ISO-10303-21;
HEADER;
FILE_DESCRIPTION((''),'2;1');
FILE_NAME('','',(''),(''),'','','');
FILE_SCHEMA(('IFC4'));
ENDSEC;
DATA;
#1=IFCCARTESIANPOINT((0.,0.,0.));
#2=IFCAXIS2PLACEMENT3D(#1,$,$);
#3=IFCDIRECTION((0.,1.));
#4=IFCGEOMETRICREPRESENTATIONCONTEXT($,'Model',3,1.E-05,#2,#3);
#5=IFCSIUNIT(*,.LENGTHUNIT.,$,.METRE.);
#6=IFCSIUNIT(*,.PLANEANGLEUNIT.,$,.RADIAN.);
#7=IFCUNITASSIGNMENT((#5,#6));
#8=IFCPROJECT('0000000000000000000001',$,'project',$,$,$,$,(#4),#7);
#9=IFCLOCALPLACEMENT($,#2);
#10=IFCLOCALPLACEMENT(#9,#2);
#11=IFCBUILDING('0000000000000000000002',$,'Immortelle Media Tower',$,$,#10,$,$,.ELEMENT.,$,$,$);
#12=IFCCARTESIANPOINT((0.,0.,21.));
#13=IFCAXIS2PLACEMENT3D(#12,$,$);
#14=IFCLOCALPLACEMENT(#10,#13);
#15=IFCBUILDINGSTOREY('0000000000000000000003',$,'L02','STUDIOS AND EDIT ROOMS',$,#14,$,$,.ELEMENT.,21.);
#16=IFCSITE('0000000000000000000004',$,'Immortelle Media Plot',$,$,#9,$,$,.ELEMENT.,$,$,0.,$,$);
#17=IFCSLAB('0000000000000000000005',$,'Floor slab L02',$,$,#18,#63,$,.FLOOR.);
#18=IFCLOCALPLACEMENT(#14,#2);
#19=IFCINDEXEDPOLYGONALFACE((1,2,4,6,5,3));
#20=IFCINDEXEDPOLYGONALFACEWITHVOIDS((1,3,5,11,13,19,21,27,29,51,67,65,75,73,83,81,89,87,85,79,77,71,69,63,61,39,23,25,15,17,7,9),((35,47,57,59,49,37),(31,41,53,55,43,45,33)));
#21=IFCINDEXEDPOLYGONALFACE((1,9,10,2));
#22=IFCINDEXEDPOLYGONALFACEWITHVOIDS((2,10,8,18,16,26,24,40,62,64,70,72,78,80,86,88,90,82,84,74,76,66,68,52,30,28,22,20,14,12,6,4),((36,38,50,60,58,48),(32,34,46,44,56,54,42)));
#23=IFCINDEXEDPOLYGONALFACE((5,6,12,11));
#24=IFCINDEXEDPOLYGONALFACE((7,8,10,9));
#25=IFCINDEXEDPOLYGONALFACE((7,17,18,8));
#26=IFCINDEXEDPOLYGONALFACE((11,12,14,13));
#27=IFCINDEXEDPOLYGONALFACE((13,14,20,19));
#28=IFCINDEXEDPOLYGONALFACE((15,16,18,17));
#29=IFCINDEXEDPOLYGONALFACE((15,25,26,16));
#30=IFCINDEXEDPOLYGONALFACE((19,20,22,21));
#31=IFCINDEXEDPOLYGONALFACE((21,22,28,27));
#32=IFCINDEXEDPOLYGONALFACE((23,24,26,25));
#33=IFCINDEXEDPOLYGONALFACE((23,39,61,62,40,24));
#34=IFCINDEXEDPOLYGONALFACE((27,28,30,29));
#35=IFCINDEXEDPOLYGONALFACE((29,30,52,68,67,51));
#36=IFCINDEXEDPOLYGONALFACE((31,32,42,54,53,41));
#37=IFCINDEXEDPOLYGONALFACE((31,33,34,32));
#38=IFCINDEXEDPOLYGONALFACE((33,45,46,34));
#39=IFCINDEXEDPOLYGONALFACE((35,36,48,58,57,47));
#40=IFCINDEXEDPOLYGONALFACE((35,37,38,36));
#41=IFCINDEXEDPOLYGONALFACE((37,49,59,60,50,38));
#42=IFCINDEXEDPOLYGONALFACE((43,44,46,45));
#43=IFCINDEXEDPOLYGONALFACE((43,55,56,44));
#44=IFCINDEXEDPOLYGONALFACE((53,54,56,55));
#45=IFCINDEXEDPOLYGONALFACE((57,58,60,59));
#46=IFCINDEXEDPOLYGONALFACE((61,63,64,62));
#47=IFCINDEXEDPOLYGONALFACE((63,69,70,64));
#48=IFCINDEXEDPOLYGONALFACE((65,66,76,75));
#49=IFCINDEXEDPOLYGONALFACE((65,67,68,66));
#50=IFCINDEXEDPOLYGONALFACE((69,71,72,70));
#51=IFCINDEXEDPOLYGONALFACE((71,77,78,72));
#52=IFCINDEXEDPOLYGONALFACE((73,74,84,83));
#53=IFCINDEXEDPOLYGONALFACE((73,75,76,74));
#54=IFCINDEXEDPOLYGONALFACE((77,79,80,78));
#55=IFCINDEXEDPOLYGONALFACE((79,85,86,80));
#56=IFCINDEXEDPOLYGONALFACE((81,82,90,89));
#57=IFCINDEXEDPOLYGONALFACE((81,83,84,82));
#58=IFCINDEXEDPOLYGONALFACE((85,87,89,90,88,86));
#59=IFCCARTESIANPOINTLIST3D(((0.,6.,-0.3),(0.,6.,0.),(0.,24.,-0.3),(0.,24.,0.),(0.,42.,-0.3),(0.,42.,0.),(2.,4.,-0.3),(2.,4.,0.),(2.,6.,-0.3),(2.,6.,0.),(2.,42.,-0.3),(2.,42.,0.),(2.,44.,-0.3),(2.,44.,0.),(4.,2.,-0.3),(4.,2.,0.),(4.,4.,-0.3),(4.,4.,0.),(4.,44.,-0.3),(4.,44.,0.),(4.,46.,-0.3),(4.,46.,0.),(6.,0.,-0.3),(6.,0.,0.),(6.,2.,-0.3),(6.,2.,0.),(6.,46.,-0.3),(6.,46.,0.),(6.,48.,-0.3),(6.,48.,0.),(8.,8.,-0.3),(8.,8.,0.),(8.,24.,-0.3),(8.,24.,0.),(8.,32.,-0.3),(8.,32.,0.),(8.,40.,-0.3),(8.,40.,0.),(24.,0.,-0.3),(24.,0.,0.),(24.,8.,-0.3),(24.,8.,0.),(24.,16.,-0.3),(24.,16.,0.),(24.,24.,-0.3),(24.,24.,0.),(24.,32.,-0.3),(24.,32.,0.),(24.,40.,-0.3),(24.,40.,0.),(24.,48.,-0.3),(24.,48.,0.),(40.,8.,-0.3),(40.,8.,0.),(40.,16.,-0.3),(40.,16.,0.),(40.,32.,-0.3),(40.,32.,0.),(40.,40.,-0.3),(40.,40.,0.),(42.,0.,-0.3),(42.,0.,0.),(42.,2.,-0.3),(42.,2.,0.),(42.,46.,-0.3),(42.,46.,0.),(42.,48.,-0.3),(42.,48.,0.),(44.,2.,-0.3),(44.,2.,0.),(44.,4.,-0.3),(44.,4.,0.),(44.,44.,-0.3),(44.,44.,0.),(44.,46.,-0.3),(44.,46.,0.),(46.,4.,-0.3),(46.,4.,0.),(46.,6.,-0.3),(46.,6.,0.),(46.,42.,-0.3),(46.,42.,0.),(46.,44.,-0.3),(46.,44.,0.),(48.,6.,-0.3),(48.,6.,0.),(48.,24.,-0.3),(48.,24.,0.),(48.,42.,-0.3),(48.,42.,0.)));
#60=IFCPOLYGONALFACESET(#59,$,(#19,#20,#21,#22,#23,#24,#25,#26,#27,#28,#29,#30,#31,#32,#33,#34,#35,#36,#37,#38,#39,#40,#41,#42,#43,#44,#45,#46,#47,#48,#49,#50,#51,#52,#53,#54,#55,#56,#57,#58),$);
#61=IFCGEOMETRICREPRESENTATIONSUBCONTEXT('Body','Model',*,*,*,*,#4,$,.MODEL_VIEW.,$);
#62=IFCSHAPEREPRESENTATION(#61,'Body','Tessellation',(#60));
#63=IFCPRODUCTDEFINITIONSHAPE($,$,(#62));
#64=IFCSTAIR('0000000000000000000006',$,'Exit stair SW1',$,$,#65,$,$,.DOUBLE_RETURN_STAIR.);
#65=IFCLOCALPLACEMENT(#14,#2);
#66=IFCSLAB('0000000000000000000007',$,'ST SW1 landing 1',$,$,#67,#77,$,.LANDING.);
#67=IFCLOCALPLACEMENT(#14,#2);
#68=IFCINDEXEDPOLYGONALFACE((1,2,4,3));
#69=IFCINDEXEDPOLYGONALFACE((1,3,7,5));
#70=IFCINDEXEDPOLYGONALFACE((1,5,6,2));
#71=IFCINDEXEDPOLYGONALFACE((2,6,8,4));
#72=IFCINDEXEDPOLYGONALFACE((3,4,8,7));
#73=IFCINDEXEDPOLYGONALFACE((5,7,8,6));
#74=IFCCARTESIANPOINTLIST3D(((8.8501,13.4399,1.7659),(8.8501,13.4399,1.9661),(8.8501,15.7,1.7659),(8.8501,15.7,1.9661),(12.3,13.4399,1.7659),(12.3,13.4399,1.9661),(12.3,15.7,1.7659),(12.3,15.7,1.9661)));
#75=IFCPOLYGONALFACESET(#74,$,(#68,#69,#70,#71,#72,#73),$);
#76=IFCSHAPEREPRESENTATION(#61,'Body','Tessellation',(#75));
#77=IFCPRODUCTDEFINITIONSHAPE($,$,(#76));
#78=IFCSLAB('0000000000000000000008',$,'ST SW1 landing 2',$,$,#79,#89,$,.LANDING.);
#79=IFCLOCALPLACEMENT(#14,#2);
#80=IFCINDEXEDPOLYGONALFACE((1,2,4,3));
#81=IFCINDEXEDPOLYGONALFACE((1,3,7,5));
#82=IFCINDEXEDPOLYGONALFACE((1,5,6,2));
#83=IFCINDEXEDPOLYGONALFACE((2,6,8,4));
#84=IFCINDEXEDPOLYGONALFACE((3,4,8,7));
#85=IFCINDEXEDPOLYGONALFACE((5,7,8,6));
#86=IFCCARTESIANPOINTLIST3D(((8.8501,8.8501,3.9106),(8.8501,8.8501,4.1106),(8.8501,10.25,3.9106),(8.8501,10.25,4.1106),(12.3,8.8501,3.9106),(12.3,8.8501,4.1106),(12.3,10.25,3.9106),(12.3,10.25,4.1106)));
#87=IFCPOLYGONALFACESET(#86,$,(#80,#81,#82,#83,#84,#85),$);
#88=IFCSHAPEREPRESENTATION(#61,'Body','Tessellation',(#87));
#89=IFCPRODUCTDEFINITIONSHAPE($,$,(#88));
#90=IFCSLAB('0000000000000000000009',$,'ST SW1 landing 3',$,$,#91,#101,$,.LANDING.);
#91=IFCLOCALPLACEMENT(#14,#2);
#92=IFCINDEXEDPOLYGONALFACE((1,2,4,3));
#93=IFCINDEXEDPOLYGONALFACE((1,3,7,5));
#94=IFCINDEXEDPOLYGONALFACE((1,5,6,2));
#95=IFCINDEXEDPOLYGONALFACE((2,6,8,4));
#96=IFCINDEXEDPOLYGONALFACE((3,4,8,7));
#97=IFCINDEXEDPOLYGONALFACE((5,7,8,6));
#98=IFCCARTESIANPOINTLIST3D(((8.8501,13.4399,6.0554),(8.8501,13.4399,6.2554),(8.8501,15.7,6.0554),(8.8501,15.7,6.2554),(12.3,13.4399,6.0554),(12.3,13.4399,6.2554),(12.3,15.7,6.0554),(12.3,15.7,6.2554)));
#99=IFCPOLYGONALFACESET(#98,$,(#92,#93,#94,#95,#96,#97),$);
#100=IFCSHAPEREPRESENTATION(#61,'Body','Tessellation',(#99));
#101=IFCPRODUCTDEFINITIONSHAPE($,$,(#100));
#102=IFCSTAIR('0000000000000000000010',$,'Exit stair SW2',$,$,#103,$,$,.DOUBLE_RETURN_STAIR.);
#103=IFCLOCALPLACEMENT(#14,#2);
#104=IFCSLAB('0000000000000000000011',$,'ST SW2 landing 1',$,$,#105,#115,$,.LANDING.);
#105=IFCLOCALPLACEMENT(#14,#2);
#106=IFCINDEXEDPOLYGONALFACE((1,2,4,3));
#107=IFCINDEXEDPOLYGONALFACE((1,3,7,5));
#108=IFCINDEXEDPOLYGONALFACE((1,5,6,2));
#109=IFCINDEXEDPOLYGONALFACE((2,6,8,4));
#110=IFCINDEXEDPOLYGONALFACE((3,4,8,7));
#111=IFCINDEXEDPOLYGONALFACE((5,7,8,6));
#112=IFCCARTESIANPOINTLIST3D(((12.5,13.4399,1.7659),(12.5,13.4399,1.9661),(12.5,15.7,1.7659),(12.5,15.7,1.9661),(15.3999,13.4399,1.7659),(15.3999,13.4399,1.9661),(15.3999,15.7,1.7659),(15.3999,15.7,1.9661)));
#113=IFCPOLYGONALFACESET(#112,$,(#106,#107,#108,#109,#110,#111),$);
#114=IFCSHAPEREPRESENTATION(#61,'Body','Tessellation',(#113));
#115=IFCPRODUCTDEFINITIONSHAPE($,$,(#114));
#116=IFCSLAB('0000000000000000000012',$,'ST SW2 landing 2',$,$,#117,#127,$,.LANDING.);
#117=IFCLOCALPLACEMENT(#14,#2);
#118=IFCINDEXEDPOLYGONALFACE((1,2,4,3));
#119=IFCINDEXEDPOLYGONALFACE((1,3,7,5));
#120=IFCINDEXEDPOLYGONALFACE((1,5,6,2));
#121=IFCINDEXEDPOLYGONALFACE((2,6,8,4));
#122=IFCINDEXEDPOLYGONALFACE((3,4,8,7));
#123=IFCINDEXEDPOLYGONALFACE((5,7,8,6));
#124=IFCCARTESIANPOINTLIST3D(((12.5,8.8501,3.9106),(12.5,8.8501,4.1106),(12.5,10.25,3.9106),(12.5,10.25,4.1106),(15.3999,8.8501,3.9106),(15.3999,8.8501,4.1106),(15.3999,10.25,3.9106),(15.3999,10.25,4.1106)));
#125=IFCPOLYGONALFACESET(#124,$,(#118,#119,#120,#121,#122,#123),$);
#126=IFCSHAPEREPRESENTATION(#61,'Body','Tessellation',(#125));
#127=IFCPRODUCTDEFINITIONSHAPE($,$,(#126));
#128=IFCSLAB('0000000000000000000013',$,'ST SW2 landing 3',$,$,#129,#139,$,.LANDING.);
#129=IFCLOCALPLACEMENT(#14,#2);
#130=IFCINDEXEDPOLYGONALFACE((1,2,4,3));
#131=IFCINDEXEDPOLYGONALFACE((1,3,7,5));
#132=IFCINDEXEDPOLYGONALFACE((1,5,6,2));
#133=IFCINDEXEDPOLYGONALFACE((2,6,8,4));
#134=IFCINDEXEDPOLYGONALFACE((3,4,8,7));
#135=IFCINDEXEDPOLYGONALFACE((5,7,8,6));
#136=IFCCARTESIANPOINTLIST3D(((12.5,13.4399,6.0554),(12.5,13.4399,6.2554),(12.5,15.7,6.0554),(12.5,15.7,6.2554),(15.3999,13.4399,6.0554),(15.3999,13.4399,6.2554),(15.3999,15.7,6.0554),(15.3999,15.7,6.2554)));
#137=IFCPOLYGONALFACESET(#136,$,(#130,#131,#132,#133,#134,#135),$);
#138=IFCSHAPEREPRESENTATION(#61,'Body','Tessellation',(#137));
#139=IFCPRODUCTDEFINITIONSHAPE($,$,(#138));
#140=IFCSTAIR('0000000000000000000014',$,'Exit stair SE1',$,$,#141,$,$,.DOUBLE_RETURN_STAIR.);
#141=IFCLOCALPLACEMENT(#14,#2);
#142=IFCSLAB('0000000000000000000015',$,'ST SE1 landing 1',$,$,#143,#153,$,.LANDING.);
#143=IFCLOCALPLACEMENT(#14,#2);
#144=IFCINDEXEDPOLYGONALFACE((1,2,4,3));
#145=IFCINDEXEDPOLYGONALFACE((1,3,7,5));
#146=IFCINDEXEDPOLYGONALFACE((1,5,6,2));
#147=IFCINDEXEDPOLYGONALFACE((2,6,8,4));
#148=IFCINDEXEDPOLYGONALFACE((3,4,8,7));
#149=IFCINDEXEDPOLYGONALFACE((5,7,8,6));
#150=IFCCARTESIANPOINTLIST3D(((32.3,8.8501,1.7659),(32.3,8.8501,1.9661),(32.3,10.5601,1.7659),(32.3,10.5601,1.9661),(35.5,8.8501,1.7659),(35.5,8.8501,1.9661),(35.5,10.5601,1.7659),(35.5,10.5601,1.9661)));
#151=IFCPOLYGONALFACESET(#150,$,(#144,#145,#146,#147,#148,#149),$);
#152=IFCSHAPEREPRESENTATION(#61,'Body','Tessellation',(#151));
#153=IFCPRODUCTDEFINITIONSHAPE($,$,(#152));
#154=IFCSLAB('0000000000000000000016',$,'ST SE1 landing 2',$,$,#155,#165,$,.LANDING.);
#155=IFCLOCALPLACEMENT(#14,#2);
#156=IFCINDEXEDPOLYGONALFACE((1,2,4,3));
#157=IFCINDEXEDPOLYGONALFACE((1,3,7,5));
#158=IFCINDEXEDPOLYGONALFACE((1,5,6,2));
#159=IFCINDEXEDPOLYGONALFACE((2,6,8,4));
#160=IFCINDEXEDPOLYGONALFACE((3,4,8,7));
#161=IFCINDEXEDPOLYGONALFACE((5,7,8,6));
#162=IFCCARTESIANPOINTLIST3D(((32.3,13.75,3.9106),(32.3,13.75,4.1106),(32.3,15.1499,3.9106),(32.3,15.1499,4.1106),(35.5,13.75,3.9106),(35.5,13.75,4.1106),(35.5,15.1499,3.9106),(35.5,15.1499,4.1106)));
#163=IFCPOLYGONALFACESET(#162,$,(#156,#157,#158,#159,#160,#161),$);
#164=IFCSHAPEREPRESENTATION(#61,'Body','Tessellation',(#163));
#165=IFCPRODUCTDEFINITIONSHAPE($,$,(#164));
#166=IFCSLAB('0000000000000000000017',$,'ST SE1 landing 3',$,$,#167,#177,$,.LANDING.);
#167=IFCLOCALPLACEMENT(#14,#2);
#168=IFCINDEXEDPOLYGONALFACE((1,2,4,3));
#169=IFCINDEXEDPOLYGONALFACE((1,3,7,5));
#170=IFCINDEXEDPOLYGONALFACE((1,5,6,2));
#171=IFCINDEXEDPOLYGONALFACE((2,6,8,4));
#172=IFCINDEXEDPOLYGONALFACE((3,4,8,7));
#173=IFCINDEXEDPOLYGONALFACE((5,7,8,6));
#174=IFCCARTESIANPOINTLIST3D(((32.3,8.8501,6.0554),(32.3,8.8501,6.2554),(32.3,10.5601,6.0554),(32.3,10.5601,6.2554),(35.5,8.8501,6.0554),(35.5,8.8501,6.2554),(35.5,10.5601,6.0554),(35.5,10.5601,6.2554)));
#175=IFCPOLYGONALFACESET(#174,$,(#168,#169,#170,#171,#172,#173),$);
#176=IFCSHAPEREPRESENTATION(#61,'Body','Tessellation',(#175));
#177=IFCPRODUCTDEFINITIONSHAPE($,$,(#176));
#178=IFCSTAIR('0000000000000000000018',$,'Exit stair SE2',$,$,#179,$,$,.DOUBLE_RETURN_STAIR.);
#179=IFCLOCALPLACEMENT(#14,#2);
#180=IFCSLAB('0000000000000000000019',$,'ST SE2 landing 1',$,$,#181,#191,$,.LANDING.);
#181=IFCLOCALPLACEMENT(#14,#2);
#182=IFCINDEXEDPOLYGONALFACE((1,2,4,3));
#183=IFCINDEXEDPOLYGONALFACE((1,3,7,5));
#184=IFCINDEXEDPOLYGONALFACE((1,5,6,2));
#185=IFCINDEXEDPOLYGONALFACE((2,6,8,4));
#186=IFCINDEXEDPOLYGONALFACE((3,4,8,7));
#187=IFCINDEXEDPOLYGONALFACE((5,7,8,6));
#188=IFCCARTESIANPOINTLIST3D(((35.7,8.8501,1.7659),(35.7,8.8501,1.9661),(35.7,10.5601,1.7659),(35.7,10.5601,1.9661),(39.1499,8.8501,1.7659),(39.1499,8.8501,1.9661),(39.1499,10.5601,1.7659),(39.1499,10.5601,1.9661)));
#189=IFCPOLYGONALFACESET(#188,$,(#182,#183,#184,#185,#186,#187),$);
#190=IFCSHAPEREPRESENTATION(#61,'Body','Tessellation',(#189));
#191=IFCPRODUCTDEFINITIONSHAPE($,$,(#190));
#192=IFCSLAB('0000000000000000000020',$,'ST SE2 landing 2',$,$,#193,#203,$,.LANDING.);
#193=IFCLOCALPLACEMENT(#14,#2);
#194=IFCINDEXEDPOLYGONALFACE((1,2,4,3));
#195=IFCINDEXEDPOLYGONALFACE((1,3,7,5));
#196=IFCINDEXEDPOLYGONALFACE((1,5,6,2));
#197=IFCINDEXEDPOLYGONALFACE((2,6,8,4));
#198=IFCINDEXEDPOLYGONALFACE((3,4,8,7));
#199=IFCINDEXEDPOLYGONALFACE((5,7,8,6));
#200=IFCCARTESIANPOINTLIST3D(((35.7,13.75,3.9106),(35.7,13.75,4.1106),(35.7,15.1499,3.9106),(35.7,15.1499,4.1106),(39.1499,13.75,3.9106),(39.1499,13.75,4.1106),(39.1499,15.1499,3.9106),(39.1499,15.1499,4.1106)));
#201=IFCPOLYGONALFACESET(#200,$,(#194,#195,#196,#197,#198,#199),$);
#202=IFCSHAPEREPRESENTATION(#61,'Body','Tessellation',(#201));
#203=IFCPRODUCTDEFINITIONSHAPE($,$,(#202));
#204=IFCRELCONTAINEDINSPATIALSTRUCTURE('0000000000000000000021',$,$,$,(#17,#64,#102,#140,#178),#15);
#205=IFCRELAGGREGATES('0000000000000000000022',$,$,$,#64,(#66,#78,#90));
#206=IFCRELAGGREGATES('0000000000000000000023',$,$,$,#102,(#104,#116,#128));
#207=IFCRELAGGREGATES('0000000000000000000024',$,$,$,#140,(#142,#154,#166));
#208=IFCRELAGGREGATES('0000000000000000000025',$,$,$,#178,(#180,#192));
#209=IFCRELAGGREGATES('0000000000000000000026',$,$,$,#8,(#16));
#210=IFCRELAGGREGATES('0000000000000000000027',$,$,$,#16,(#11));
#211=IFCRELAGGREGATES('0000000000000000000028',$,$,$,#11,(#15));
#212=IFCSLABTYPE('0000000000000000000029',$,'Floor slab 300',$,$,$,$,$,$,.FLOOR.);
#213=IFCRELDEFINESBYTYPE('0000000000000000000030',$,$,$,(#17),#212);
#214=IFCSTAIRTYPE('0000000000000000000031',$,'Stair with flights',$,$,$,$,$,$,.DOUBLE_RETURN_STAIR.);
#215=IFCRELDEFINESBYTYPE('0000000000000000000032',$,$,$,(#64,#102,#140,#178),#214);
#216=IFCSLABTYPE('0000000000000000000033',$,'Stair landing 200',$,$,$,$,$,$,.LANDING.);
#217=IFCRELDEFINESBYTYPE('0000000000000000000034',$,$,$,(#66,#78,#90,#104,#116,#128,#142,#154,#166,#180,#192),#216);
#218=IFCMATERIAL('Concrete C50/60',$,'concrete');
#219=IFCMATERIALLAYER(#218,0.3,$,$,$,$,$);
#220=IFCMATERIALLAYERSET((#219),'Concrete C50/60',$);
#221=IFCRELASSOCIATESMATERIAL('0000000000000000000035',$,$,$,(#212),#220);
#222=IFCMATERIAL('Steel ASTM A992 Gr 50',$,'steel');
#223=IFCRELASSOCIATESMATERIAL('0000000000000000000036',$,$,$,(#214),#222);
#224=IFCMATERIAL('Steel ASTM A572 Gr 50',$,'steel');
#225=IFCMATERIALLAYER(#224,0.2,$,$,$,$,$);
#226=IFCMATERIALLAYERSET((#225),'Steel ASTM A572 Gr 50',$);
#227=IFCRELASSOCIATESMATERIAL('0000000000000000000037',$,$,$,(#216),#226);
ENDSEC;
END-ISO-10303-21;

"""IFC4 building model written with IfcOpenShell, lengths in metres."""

from ifc_helpers import new_model, si_unit, direction, frame, origin, place, context, subcontext, project, spatial, polyline, outline, extrude, material, layer, layer_set, type_object, element, aggregate, save


model = new_model("IFC4")

# Units and contexts
model_context = context("Model", 3, precision=1e-05, world=origin(), true_north=direction((0.0, 1.0)))
body_context = subcontext(model_context, "Body", "Model", "MODEL_VIEW")
ifc_project = project(units=[si_unit("LENGTHUNIT", "METRE"), si_unit("PLANEANGLEUNIT", "RADIAN")], contexts=[model_context])

# Site, building, storey
site_placement = place(None, origin())
site = spatial("IfcSite", under=ifc_project, at=site_placement, Name="Immortelle Media Plot", CompositionType="ELEMENT", RefElevation=0.0)
building_placement = place(site_placement, origin())
building = spatial("IfcBuilding", under=site, at=building_placement, Name="Immortelle Media Tower", CompositionType="ELEMENT")
storey_placement = place(building_placement, frame((0.0, 0.0, 21.0)))
storey = spatial("IfcBuildingStorey", under=building, at=storey_placement, Name="L02", Description="STUDIOS AND EDIT ROOMS", CompositionType="ELEMENT", Elevation=21.0)

# Slab
ifc_material_1 = material(Name="Concrete C50/60", Category="concrete")
ifc_layer_1 = layer(ifc_material_1, 0.3)
ifc_layer_set_1 = layer_set([ifc_layer_1], Name="Concrete C50/60")
slab_type_1 = type_object("IfcSlabType", Name="Floor slab 300", PredefinedType="FLOOR", material=ifc_layer_set_1)
slab_1_placement = place(storey_placement, frame((0.0, 0.0, -0.3)))
element("IfcSlab", 1, at=slab_1_placement, inside=storey, type_object=slab_type_1, Name="Floor slab L02", PredefinedType="FLOOR", context=body_context, shape_type="SweptSolid", body=[
    extrude(outline(polyline([(0.0, 42.0), (2.0, 42.0), (2.0, 44.0), (4.0, 44.0), (4.0, 46.0), (6.0, 46.0), (6.0, 48.0), (24.0, 48.0), (42.0, 48.0), (42.0, 46.0), (44.0, 46.0), (44.0, 44.0), (46.0, 44.0), (46.0, 42.0), (48.0, 42.0), (48.0, 24.0), (48.0, 6.0), (46.0, 6.0), (46.0, 4.0), (44.0, 4.0), (44.0, 2.0), (42.0, 2.0), (42.0, 0.0), (24.0, 0.0), (6.0, 0.0), (6.0, 2.0), (4.0, 2.0), (4.0, 4.0), (2.0, 4.0), (2.0, 6.0), (0.0, 6.0), (0.0, 24.0), (0.0, 42.0)]), holes=[polyline([(40.0, 16.0), (24.0, 16.0), (24.0, 24.0), (8.0, 24.0), (8.0, 8.0), (24.0, 8.0), (40.0, 8.0), (40.0, 16.0)]), polyline([(8.0, 32.0), (24.0, 32.0), (40.0, 32.0), (40.0, 40.0), (24.0, 40.0), (8.0, 40.0), (8.0, 32.0)])]), origin(), (0.0, 0.0, 1.0), 0.3),
])

# Stairs, slabs
ifc_material_2 = material(Name="Steel ASTM A992 Gr 50", Category="steel")
stair_type = type_object("IfcStairType", Name="Stair with flights", PredefinedType="DOUBLE_RETURN_STAIR", material=ifc_material_2)
stair_1_placement = place(storey_placement, origin())
stair_1 = element("IfcStair", 2, at=stair_1_placement, inside=storey, type_object=stair_type, Name="Exit stair SW1", PredefinedType="DOUBLE_RETURN_STAIR")
ifc_material_3 = material(Name="Steel ASTM A572 Gr 50", Category="steel")
ifc_layer_2 = layer(ifc_material_3, 0.2)
ifc_layer_set_2 = layer_set([ifc_layer_2], Name="Steel ASTM A572 Gr 50")
slab_type_2 = type_object("IfcSlabType", Name="Stair landing 200", PredefinedType="LANDING", material=ifc_layer_set_2)
slab_2_placement = place(storey_placement, frame((0.0, 0.0, 1.7659)))
slab_2 = element("IfcSlab", 3, at=slab_2_placement, type_object=slab_type_2, Name="ST SW1 landing 1", PredefinedType="LANDING", context=body_context, shape_type="SweptSolid", body=[
    extrude(outline(polyline([(8.8501, 13.4399), (12.3, 13.4399), (12.3, 15.7), (8.8501, 15.7), (8.8501, 13.4399)])), origin(), (0.0, 0.0, 1.0), 0.2002),
])
slab_3_placement = place(storey_placement, frame((0.0, 0.0, 3.9106)))
slab_3 = element("IfcSlab", 4, at=slab_3_placement, type_object=slab_type_2, Name="ST SW1 landing 2", PredefinedType="LANDING", context=body_context, shape_type="SweptSolid", body=[
    extrude(outline(polyline([(8.8501, 8.8501), (12.3, 8.8501), (12.3, 10.25), (8.8501, 10.25), (8.8501, 8.8501)])), origin(), (0.0, 0.0, 1.0), 0.2),
])
slab_4_placement = place(storey_placement, frame((0.0, 0.0, 6.0554)))
slab_4 = element("IfcSlab", 5, at=slab_4_placement, type_object=slab_type_2, Name="ST SW1 landing 3", PredefinedType="LANDING", context=body_context, shape_type="SweptSolid", body=[
    extrude(outline(polyline([(8.8501, 13.4399), (12.3, 13.4399), (12.3, 15.7), (8.8501, 15.7), (8.8501, 13.4399)])), origin(), (0.0, 0.0, 1.0), 0.2),
])
aggregate(stair_1, [slab_2, slab_3, slab_4])
stair_2_placement = place(storey_placement, origin())
stair_2 = element("IfcStair", 6, at=stair_2_placement, inside=storey, type_object=stair_type, Name="Exit stair SW2", PredefinedType="DOUBLE_RETURN_STAIR")
slab_5_placement = place(storey_placement, frame((0.0, 0.0, 1.7659)))
slab_5 = element("IfcSlab", 7, at=slab_5_placement, type_object=slab_type_2, Name="ST SW2 landing 1", PredefinedType="LANDING", context=body_context, shape_type="SweptSolid", body=[
    extrude(outline(polyline([(12.5, 13.4399), (15.3999, 13.4399), (15.3999, 15.7), (12.5, 15.7), (12.5, 13.4399)])), origin(), (0.0, 0.0, 1.0), 0.2002),
])
slab_6_placement = place(storey_placement, frame((0.0, 0.0, 3.9106)))
slab_6 = element("IfcSlab", 8, at=slab_6_placement, type_object=slab_type_2, Name="ST SW2 landing 2", PredefinedType="LANDING", context=body_context, shape_type="SweptSolid", body=[
    extrude(outline(polyline([(12.5, 8.8501), (15.3999, 8.8501), (15.3999, 10.25), (12.5, 10.25), (12.5, 8.8501)])), origin(), (0.0, 0.0, 1.0), 0.2),
])
slab_7_placement = place(storey_placement, frame((0.0, 0.0, 6.0554)))
slab_7 = element("IfcSlab", 9, at=slab_7_placement, type_object=slab_type_2, Name="ST SW2 landing 3", PredefinedType="LANDING", context=body_context, shape_type="SweptSolid", body=[
    extrude(outline(polyline([(12.5, 13.4399), (15.3999, 13.4399), (15.3999, 15.7), (12.5, 15.7), (12.5, 13.4399)])), origin(), (0.0, 0.0, 1.0), 0.2),
])
aggregate(stair_2, [slab_5, slab_6, slab_7])
stair_3_placement = place(storey_placement, origin())
stair_3 = element("IfcStair", 10, at=stair_3_placement, inside=storey, type_object=stair_type, Name="Exit stair SE1", PredefinedType="DOUBLE_RETURN_STAIR")
slab_8_placement = place(storey_placement, frame((0.0, 0.0, 1.7659)))
slab_8 = element("IfcSlab", 11, at=slab_8_placement, type_object=slab_type_2, Name="ST SE1 landing 1", PredefinedType="LANDING", context=body_context, shape_type="SweptSolid", body=[
    extrude(outline(polyline([(32.3, 8.8501), (35.5, 8.8501), (35.5, 10.5601), (32.3, 10.5601), (32.3, 8.8501)])), origin(), (0.0, 0.0, 1.0), 0.2002),
])
slab_9_placement = place(storey_placement, frame((0.0, 0.0, 3.9106)))
slab_9 = element("IfcSlab", 12, at=slab_9_placement, type_object=slab_type_2, Name="ST SE1 landing 2", PredefinedType="LANDING", context=body_context, shape_type="SweptSolid", body=[
    extrude(outline(polyline([(32.3, 13.75), (35.5, 13.75), (35.5, 15.1499), (32.3, 15.1499), (32.3, 13.75)])), origin(), (0.0, 0.0, 1.0), 0.2),
])
slab_10_placement = place(storey_placement, frame((0.0, 0.0, 6.0554)))
slab_10 = element("IfcSlab", 13, at=slab_10_placement, type_object=slab_type_2, Name="ST SE1 landing 3", PredefinedType="LANDING", context=body_context, shape_type="SweptSolid", body=[
    extrude(outline(polyline([(32.3, 8.8501), (35.5, 8.8501), (35.5, 10.5601), (32.3, 10.5601), (32.3, 8.8501)])), origin(), (0.0, 0.0, 1.0), 0.2),
])
aggregate(stair_3, [slab_8, slab_9, slab_10])
stair_4_placement = place(storey_placement, origin())
stair_4 = element("IfcStair", 14, at=stair_4_placement, inside=storey, type_object=stair_type, Name="Exit stair SE2", PredefinedType="DOUBLE_RETURN_STAIR")
slab_11_placement = place(storey_placement, frame((0.0, 0.0, 1.7659)))
slab_11 = element("IfcSlab", 15, at=slab_11_placement, type_object=slab_type_2, Name="ST SE2 landing 1", PredefinedType="LANDING", context=body_context, shape_type="SweptSolid", body=[
    extrude(outline(polyline([(35.7, 8.8501), (39.1499, 8.8501), (39.1499, 10.5601), (35.7, 10.5601), (35.7, 8.8501)])), origin(), (0.0, 0.0, 1.0), 0.2002),
])
slab_12_placement = place(storey_placement, frame((0.0, 0.0, 3.9106)))
slab_12 = element("IfcSlab", 16, at=slab_12_placement, type_object=slab_type_2, Name="ST SE2 landing 2", PredefinedType="LANDING", context=body_context, shape_type="SweptSolid", body=[
    extrude(outline(polyline([(35.7, 13.75), (39.1499, 13.75), (39.1499, 15.1499), (35.7, 15.1499), (35.7, 13.75)])), origin(), (0.0, 0.0, 1.0), 0.2),
])
aggregate(stair_4, [slab_11, slab_12])

save(model, "model.ifc")
